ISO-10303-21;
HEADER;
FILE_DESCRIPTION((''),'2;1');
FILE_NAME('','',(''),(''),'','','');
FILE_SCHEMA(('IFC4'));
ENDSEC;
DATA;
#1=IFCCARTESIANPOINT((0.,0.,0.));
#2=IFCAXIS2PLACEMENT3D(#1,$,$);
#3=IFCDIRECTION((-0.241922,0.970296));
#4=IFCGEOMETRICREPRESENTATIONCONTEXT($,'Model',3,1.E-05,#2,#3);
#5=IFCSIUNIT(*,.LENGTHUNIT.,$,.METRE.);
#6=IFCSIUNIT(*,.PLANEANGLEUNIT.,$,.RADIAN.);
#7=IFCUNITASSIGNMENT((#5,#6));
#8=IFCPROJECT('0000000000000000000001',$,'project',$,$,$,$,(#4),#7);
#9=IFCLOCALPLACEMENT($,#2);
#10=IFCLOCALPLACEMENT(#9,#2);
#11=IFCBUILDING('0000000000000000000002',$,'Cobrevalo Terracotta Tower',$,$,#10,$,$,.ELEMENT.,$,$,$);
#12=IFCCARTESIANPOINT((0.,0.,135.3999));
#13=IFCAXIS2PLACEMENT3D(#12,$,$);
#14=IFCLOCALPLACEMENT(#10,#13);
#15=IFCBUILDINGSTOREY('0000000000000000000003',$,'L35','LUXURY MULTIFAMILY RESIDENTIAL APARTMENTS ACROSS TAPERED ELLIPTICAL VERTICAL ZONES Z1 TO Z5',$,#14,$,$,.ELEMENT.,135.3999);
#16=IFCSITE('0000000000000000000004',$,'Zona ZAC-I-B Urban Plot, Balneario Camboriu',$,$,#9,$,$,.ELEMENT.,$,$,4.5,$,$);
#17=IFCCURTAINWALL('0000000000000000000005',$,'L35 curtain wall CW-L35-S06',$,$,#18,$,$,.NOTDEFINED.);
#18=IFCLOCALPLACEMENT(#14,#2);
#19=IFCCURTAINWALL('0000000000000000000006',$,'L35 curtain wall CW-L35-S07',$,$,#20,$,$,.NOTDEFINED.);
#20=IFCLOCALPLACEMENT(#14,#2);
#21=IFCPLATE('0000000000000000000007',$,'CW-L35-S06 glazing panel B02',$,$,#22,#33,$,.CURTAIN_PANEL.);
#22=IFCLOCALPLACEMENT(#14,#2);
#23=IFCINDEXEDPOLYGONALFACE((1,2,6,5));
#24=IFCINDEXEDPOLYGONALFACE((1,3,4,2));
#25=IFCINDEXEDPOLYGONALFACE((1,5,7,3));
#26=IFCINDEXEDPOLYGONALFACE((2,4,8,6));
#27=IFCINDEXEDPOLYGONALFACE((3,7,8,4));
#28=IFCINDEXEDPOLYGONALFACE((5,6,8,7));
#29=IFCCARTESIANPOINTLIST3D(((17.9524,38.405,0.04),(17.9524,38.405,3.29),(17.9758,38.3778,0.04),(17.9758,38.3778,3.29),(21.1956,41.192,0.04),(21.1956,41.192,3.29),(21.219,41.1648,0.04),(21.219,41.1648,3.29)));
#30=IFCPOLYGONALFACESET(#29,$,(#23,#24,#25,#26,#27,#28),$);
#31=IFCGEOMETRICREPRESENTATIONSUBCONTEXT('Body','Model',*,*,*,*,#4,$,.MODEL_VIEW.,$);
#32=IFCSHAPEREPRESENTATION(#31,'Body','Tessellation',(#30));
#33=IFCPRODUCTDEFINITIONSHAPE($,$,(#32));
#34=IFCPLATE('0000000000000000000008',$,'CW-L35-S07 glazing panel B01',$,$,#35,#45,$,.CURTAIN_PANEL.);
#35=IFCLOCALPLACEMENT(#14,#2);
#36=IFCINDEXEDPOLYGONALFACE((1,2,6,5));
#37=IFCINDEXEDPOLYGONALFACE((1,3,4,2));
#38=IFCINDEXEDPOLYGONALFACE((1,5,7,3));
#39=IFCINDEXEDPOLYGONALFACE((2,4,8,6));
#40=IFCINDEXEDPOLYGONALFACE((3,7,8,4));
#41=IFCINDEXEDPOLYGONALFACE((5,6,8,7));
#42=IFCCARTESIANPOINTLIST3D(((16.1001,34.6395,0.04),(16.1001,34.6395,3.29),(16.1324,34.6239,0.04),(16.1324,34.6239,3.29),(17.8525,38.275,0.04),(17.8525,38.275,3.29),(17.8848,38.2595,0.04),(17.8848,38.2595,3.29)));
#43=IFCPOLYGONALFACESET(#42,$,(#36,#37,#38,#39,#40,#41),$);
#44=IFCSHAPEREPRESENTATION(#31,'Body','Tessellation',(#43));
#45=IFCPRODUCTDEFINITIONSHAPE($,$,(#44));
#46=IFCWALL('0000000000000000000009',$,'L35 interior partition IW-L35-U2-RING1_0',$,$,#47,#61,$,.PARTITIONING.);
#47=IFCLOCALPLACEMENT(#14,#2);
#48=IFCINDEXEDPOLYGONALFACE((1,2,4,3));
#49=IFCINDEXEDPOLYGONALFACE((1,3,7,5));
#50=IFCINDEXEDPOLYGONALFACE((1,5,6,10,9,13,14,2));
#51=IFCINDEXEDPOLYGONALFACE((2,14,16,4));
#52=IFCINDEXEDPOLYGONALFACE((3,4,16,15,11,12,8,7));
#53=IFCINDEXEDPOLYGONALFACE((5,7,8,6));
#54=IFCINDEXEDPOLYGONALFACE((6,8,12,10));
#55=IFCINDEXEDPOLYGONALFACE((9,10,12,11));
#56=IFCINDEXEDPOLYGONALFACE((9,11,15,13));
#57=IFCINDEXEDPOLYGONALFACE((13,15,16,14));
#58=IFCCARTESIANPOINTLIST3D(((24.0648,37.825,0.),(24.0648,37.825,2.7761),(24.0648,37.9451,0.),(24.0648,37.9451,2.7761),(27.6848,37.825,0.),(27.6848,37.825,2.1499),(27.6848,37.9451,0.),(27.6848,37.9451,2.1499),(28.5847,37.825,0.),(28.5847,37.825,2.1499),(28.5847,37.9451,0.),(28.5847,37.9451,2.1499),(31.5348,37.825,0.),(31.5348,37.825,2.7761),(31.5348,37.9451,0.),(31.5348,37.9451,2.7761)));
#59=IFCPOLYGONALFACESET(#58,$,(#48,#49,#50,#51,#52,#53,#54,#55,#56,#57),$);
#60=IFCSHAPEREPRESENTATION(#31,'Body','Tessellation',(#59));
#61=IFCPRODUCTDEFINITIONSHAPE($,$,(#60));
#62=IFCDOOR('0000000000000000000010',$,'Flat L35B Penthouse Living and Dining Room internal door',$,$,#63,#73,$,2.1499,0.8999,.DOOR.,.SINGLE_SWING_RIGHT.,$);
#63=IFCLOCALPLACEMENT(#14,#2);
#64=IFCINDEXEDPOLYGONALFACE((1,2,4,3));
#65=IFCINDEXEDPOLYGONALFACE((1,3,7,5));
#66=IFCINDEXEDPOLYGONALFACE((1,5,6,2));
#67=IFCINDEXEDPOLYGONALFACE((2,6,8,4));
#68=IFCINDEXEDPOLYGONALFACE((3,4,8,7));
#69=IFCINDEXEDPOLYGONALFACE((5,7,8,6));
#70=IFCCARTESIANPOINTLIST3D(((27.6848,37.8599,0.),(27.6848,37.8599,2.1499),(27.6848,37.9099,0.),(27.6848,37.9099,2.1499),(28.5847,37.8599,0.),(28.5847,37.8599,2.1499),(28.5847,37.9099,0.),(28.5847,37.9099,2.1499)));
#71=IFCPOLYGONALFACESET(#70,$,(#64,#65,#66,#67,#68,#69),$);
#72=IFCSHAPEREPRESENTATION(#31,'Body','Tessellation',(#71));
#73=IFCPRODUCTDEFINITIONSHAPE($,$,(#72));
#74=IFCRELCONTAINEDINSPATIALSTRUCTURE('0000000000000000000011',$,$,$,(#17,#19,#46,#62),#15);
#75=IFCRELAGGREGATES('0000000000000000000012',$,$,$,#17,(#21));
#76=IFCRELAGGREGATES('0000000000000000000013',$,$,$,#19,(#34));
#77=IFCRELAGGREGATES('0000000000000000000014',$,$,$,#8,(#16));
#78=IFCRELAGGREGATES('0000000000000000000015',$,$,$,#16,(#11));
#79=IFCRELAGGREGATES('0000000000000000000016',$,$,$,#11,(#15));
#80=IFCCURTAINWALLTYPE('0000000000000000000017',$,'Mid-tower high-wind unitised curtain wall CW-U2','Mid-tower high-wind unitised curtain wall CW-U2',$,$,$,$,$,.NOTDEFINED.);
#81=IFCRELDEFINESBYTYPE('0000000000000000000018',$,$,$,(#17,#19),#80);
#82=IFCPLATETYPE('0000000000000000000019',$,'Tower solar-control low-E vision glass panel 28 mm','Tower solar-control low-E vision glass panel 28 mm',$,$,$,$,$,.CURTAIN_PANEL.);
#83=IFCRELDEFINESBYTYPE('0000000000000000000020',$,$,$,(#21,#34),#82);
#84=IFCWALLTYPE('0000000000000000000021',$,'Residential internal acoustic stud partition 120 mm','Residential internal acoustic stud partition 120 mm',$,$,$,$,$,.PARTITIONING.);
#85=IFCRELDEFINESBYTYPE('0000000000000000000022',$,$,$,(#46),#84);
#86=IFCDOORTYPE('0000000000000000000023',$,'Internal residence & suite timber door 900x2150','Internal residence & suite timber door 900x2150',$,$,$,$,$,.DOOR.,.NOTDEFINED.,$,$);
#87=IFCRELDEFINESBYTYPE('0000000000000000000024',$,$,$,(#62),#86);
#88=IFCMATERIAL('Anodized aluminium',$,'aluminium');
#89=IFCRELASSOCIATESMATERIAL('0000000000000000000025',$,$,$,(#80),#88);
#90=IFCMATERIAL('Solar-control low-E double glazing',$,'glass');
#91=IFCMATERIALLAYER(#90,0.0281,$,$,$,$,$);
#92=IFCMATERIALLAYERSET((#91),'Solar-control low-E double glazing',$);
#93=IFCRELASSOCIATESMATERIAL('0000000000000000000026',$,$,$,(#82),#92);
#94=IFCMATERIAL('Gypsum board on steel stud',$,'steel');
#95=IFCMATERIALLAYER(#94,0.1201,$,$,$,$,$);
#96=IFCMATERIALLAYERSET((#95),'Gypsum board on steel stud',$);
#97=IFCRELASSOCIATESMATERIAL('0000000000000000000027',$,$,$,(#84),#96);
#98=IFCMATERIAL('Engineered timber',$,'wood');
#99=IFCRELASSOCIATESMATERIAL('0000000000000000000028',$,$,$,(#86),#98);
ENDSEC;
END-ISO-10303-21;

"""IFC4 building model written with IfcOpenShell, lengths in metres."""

from ifc_helpers import new_model, si_unit, direction, frame, frame_2d, origin, origin_2d, place, context, subcontext, project, spatial, rectangle, extrude, source, transform, mapped, material, layer, layer_set, type_object, element, fill, aggregate, save


model = new_model("IFC4")

# Units and contexts
model_context = context("Model", 3, precision=1e-05, world=origin(), true_north=direction((-0.241922, 0.970296)))
body_context = subcontext(model_context, "Body", "Model", "MODEL_VIEW")
ifc_project = project(units=[si_unit("LENGTHUNIT", "METRE"), si_unit("PLANEANGLEUNIT", "RADIAN")], contexts=[model_context])

# Site, building, storey
site_placement = place(None, origin())
site = spatial("IfcSite", under=ifc_project, at=site_placement, Name="Zona ZAC-I-B Urban Plot, Balneario Camboriu", CompositionType="ELEMENT", RefElevation=4.5)
building_placement = place(site_placement, origin())
building = spatial("IfcBuilding", under=site, at=building_placement, Name="Cobrevalo Terracotta Tower", CompositionType="ELEMENT")
storey_placement = place(building_placement, frame((0.0, 0.0, 135.3999)))
storey = spatial("IfcBuildingStorey", under=building, at=storey_placement, Name="L35", Description="LUXURY MULTIFAMILY RESIDENTIAL APARTMENTS ACROSS TAPERED ELLIPTICAL VERTICAL ZONES Z1 TO Z5", CompositionType="ELEMENT", Elevation=135.3999)

# Curtain walls
ifc_material_1 = material(Name="Anodized aluminium", Category="aluminium")
curtain_wall_type = type_object("IfcCurtainWallType", Name="Mid-tower high-wind unitised curtain wall CW-U2", Description="Mid-tower high-wind unitised curtain wall CW-U2", PredefinedType="NOTDEFINED", material=ifc_material_1)
curtain_wall_1_placement = place(storey_placement, origin())
curtain_wall_1 = element("IfcCurtainWall", 1, at=curtain_wall_1_placement, inside=storey, type_object=curtain_wall_type, Name="L35 curtain wall CW-L35-S06", PredefinedType="NOTDEFINED")
curtain_wall_2_placement = place(storey_placement, origin())
curtain_wall_2 = element("IfcCurtainWall", 2, at=curtain_wall_2_placement, inside=storey, type_object=curtain_wall_type, Name="L35 curtain wall CW-L35-S07", PredefinedType="NOTDEFINED")

# Plates
ifc_material_2 = material(Name="Solar-control low-E double glazing", Category="glass")
ifc_layer_1 = layer(ifc_material_2, 0.0281)
ifc_layer_set_1 = layer_set([ifc_layer_1], Name="Solar-control low-E double glazing")
plate_type = type_object("IfcPlateType", Name="Tower solar-control low-E vision glass panel 28 mm", Description="Tower solar-control low-E vision glass panel 28 mm", PredefinedType="CURTAIN_PANEL", material=ifc_layer_set_1)
shared_shape_1 = source(origin(), body_context, "Body", "SweptSolid", [
    extrude(rectangle(XDim=4.2761, YDim=0.0359, at=origin_2d()), origin(), (0.0, 0.0, 1.0), 3.25),
])
plate_1_placement = place(storey_placement, frame((19.5857, 39.7849, 0.04), z_axis=(0.0, 0.0, 1.0), x_axis=(-0.758437, -0.651746, 0.0)))
plate_1 = element("IfcPlate", 3, at=plate_1_placement, type_object=plate_type, Name="CW-L35-S06 glazing panel B02", PredefinedType="CURTAIN_PANEL", context=body_context, shape_type="MappedRepresentation", body=[
    mapped(shared_shape_1, transform((0.0, 0.0, 0.0), scale=1.0)),
])
aggregate(curtain_wall_1, [plate_1])
shared_shape_2 = source(origin(), body_context, "Body", "SweptSolid", [
    extrude(rectangle(XDim=4.0359, YDim=0.0359, at=origin_2d()), origin(), (0.0, 0.0, 1.0), 3.25),
])
plate_2_placement = place(storey_placement, frame((16.9924, 36.4495, 0.04), z_axis=(0.0, 0.0, 1.0), x_axis=(-0.434209, -0.900812, 0.0)))
plate_2 = element("IfcPlate", 4, at=plate_2_placement, type_object=plate_type, Name="CW-L35-S07 glazing panel B01", PredefinedType="CURTAIN_PANEL", context=body_context, shape_type="MappedRepresentation", body=[
    mapped(shared_shape_2, transform((0.0, 0.0, 0.0), scale=1.0)),
])
aggregate(curtain_wall_2, [plate_2])

# Wall, opening, door
ifc_material_3 = material(Name="Gypsum board on steel stud", Category="steel")
ifc_layer_2 = layer(ifc_material_3, 0.1201)
ifc_layer_set_2 = layer_set([ifc_layer_2], Name="Gypsum board on steel stud")
wall_type = type_object("IfcWallType", Name="Residential internal acoustic stud partition 120 mm", Description="Residential internal acoustic stud partition 120 mm", PredefinedType="PARTITIONING", material=ifc_layer_set_2)
wall_placement = place(storey_placement, frame((24.0649, 37.885, 0.0), z_axis=(0.0, 0.0, 1.0), x_axis=(1.0, 0.0, 0.0)))
wall = element("IfcWall", 5, at=wall_placement, inside=storey, type_object=wall_type, Name="L35 interior partition IW-L35-U2-RING1_0", PredefinedType="PARTITIONING", context=body_context, shape_type="SweptSolid", body=[
    extrude(rectangle(XDim=7.47, YDim=0.1201, at=frame_2d((3.7349, 0.0))), origin(), (0.0, 0.0, 1.0), 2.7761),
])
opening_placement = place(wall_placement, frame((3.6199, 0.0, 0.0)))
opening = element("IfcOpeningElement", 6, at=opening_placement, cuts=wall, PredefinedType="OPENING", context=body_context, shape_type="SweptSolid", body=[
    extrude(rectangle(XDim=0.8999, YDim=2.1499, at=frame_2d((0.45, 1.075))), frame((0.0, 0.0701, 0.0), z_axis=(0.0, -1.0, 0.0), x_axis=(1.0, 0.0, 0.0)), (0.0, 0.0, 1.0), 0.1401),
])
ifc_material_4 = material(Name="Engineered timber", Category="wood")
door_type = type_object("IfcDoorType", Name="Internal residence & suite timber door 900x2150", Description="Internal residence & suite timber door 900x2150", OperationType="NOTDEFINED", PredefinedType="DOOR", material=ifc_material_4)
shared_shape_3 = source(origin(), body_context, "Body", "SweptSolid", [
    extrude(rectangle(XDim=0.8999, YDim=2.1499, at=frame_2d((0.45, 1.075))), frame((0.0, 0.0249, 0.0), z_axis=(0.0, -1.0, 0.0), x_axis=(1.0, 0.0, 0.0)), (0.0, 0.0, 1.0), 0.05),
])
door_placement = place(opening_placement, origin())
door = element("IfcDoor", 7, at=door_placement, inside=storey, type_object=door_type, Name="Flat L35B Penthouse Living and Dining Room internal door", OperationType="SINGLE_SWING_RIGHT", OverallHeight=2.1499, OverallWidth=0.8999, PredefinedType="DOOR", context=body_context, shape_type="MappedRepresentation", body=[
    mapped(shared_shape_3, transform((0.0, 0.0, 0.0), scale=1.0)),
])
fill(opening, door)

save(model, "model.ifc")
